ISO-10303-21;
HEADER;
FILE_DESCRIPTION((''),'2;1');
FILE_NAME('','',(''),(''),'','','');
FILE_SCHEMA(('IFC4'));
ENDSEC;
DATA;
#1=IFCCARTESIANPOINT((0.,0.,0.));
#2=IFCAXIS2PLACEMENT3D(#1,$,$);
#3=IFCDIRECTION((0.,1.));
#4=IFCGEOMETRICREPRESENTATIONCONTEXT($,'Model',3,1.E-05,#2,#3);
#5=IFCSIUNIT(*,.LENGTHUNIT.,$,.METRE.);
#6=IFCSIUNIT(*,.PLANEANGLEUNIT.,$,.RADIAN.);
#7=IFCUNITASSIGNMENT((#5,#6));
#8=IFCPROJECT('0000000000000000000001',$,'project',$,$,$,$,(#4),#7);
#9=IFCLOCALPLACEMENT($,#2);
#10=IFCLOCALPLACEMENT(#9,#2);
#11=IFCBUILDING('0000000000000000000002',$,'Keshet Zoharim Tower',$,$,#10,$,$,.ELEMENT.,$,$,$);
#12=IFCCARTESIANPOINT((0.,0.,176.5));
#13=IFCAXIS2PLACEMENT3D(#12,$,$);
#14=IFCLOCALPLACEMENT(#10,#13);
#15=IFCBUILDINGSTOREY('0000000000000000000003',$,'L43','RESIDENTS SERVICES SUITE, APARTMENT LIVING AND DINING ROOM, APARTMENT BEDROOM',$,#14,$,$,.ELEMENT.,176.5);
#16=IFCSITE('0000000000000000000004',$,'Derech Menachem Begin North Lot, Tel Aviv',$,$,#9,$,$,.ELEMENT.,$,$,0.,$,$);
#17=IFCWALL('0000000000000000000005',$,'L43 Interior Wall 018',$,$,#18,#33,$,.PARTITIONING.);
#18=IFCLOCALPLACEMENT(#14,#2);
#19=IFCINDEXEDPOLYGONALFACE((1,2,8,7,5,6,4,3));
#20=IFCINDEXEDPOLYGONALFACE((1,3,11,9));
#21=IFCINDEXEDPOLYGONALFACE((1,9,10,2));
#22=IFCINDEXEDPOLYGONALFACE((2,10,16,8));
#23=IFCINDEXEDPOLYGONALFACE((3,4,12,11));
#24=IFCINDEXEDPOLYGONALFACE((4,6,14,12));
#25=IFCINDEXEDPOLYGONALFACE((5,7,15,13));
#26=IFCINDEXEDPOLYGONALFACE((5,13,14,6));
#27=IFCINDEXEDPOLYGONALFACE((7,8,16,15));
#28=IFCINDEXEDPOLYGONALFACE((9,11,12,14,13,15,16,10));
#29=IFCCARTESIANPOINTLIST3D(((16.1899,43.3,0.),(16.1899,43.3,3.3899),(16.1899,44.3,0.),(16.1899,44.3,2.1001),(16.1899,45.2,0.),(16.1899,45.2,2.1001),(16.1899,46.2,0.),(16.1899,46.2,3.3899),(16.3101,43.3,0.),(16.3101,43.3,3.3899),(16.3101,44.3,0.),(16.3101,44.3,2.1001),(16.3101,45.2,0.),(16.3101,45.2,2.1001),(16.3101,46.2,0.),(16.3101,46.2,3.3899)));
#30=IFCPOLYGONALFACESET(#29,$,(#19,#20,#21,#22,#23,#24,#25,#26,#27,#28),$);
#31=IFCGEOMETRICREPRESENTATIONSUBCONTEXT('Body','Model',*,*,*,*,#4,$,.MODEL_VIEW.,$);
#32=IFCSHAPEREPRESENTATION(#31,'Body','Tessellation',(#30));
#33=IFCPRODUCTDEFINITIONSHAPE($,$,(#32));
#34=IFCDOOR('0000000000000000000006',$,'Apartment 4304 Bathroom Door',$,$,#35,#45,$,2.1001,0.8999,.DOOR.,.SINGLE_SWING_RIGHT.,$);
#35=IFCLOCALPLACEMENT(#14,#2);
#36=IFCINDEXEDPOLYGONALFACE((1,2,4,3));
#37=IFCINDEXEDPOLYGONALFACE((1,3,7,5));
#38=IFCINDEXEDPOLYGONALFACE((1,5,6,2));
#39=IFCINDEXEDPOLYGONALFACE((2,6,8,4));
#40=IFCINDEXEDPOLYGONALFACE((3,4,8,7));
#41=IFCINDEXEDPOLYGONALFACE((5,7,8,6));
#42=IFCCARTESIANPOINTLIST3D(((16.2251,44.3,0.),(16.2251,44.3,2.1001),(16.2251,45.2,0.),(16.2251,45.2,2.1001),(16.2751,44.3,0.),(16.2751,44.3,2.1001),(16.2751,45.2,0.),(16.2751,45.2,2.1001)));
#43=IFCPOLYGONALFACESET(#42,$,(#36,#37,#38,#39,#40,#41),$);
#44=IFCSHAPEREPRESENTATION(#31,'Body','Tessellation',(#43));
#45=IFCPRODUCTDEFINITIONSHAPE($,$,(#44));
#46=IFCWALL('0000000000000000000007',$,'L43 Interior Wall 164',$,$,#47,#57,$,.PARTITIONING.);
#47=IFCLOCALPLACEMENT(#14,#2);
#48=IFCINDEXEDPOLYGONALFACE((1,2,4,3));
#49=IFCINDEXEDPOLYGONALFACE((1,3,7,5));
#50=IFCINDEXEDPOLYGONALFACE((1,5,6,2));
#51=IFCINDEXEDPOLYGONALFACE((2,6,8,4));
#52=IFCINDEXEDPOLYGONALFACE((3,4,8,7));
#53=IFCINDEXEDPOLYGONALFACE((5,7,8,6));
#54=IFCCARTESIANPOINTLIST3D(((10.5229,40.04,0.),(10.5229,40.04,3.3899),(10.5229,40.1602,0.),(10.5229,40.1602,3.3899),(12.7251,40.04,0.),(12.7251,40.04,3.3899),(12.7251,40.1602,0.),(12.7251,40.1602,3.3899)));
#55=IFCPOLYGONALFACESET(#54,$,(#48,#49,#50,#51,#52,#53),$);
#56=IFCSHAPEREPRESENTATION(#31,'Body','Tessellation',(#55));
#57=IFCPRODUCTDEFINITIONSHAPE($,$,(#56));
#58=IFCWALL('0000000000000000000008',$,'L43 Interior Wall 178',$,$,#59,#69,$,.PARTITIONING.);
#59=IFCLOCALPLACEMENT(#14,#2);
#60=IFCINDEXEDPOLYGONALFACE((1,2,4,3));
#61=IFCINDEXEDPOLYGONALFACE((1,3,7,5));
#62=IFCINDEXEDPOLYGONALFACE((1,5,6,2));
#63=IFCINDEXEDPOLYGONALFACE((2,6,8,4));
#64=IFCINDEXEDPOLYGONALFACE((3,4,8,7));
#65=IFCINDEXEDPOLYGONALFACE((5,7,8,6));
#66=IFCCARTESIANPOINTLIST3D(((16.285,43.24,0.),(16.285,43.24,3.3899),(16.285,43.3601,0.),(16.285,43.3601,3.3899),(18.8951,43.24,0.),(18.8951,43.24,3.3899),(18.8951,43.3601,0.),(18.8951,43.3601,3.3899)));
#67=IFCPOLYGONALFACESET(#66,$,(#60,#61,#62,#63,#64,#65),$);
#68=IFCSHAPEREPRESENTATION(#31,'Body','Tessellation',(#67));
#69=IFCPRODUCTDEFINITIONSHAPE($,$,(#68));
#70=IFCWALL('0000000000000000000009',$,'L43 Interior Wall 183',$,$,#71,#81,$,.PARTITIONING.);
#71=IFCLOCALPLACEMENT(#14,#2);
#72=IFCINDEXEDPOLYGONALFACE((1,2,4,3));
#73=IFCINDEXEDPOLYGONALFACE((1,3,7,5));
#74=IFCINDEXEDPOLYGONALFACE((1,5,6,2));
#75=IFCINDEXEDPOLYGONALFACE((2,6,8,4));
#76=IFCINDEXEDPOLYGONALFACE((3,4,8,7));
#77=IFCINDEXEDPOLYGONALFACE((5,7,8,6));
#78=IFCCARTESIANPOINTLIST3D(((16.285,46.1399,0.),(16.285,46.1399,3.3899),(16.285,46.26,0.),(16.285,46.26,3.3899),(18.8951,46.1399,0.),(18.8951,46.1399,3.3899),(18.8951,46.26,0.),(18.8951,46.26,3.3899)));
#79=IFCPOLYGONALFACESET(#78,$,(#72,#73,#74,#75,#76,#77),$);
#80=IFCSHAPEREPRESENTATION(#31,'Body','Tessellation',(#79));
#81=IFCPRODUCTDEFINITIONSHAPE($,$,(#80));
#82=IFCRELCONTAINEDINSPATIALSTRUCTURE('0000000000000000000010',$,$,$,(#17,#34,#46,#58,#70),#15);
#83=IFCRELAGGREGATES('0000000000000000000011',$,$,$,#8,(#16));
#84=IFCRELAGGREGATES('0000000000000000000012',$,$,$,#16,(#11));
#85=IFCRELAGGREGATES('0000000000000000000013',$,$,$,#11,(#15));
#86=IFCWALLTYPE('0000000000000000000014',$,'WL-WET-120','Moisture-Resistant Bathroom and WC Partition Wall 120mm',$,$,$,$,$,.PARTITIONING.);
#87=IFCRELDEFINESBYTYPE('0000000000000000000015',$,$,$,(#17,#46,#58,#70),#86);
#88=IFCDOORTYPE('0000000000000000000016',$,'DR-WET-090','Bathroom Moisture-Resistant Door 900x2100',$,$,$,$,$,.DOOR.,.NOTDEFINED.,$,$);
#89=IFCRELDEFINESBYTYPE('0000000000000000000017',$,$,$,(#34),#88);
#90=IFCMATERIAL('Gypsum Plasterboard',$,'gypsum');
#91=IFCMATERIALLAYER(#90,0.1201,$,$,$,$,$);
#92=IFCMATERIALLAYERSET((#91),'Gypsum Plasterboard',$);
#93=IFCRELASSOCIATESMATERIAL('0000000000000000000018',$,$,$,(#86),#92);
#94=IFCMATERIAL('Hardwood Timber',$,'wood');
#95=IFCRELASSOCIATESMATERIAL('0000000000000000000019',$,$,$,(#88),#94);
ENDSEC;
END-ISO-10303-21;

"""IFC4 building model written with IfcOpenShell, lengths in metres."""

from ifc_helpers import new_model, si_unit, direction, frame, frame_2d, origin, place, context, subcontext, project, spatial, rectangle, extrude, material, layer, layer_set, type_object, element, fill, save


model = new_model("IFC4")

# Units and contexts
model_context = context("Model", 3, precision=1e-05, world=origin(), true_north=direction((0.0, 1.0)))
body_context = subcontext(model_context, "Body", "Model", "MODEL_VIEW")
ifc_project = project(units=[si_unit("LENGTHUNIT", "METRE"), si_unit("PLANEANGLEUNIT", "RADIAN")], contexts=[model_context])

# Site, building, storey
site_placement = place(None, origin())
site = spatial("IfcSite", under=ifc_project, at=site_placement, Name="Derech Menachem Begin North Lot, Tel Aviv", CompositionType="ELEMENT", RefElevation=0.0)
building_placement = place(site_placement, origin())
building = spatial("IfcBuilding", under=site, at=building_placement, Name="Keshet Zoharim Tower", CompositionType="ELEMENT")
storey_placement = place(building_placement, frame((0.0, 0.0, 176.5)))
storey = spatial("IfcBuildingStorey", under=building, at=storey_placement, Name="L43", Description="RESIDENTS SERVICES SUITE, APARTMENT LIVING AND DINING ROOM, APARTMENT BEDROOM", CompositionType="ELEMENT", Elevation=176.5)

# Shared definitions
ifc_material_1 = material(Name="Gypsum Plasterboard", Category="gypsum")
ifc_material_2 = material(Name="Hardwood Timber", Category="wood")

# Wall, opening, door
ifc_layer_1 = layer(ifc_material_1, 0.1201)
ifc_layer_set_1 = layer_set([ifc_layer_1], Name="Gypsum Plasterboard")
wall_type_1 = type_object("IfcWallType", Name="WL-WET-120", Description="Moisture-Resistant Bathroom and WC Partition Wall 120mm", PredefinedType="PARTITIONING", material=ifc_layer_set_1)
wall_1_placement = place(storey_placement, frame((16.25, 43.3, 0.0), z_axis=(0.0, 0.0, 1.0), x_axis=(0.0, 1.0, 0.0)))
wall_1 = element("IfcWall", 1, at=wall_1_placement, inside=storey, type_object=wall_type_1, Name="L43 Interior Wall 018", PredefinedType="PARTITIONING", context=body_context, shape_type="SweptSolid", body=[
    extrude(rectangle(XDim=2.8999, YDim=0.1201, at=frame_2d((1.45, 0.0))), origin(), (0.0, 0.0, 1.0), 3.3899),
])
opening_1_placement = place(wall_1_placement, frame((1.0, 0.0, 0.0)))
opening_1 = element("IfcOpeningElement", 2, at=opening_1_placement, cuts=wall_1, PredefinedType="OPENING", context=body_context, shape_type="SweptSolid", body=[
    extrude(rectangle(XDim=0.8999, YDim=2.1001, at=frame_2d((0.45, 1.05))), frame((0.0, 0.0701, 0.0), z_axis=(0.0, -1.0, 0.0), x_axis=(1.0, 0.0, 0.0)), (0.0, 0.0, 1.0), 0.1401),
])
door_type_1 = type_object("IfcDoorType", Name="DR-WET-090", Description="Bathroom Moisture-Resistant Door 900x2100", OperationType="NOTDEFINED", PredefinedType="DOOR", material=ifc_material_2)
door_1_placement = place(opening_1_placement, origin())
door_1 = element("IfcDoor", 3, at=door_1_placement, inside=storey, type_object=door_type_1, Name="Apartment 4304 Bathroom Door", OperationType="SINGLE_SWING_RIGHT", OverallHeight=2.1001, OverallWidth=0.8999, PredefinedType="DOOR", context=body_context, shape_type="SweptSolid", body=[
    extrude(rectangle(XDim=0.8999, YDim=2.1001, at=frame_2d((0.45, 1.05))), frame((0.0, 0.0249, 0.0), z_axis=(0.0, -1.0, 0.0), x_axis=(1.0, 0.0, 0.0)), (0.0, 0.0, 1.0), 0.05),
])
fill(opening_1, door_1)

# Walls
wall_2_placement = place(storey_placement, frame((10.5229, 40.1001, 0.0), z_axis=(0.0, 0.0, 1.0), x_axis=(1.0, 0.0, 0.0)))
element("IfcWall", 4, at=wall_2_placement, inside=storey, type_object=wall_type_1, Name="L43 Interior Wall 164", PredefinedType="PARTITIONING", context=body_context, shape_type="SweptSolid", body=[
    extrude(rectangle(XDim=2.2021, YDim=0.1201, at=frame_2d((1.1011, 0.0))), origin(), (0.0, 0.0, 1.0), 3.3899),
])
for number, where, z_axis, x_axis, name in (
    (5, (16.2849, 43.3, 0.0), (0.0, 0.0, 1.0), (1.0, 0.0, 0.0), "L43 Interior Wall 178"),
    (6, (16.2849, 46.2, 0.0), (0.0, 0.0, 1.0), (1.0, 0.0, 0.0), "L43 Interior Wall 183"),
):
    element("IfcWall", number, at=place(storey_placement, frame(where, z_axis=z_axis, x_axis=x_axis)), inside=storey, type_object=wall_type_1, Name=name, PredefinedType="PARTITIONING", context=body_context, shape_type="SweptSolid", body=[
        extrude(rectangle(XDim=2.6101, YDim=0.1201, at=frame_2d((1.3052, 0.0))), origin(), (0.0, 0.0, 1.0), 3.3899),
    ])

save(model, "model.ifc")
